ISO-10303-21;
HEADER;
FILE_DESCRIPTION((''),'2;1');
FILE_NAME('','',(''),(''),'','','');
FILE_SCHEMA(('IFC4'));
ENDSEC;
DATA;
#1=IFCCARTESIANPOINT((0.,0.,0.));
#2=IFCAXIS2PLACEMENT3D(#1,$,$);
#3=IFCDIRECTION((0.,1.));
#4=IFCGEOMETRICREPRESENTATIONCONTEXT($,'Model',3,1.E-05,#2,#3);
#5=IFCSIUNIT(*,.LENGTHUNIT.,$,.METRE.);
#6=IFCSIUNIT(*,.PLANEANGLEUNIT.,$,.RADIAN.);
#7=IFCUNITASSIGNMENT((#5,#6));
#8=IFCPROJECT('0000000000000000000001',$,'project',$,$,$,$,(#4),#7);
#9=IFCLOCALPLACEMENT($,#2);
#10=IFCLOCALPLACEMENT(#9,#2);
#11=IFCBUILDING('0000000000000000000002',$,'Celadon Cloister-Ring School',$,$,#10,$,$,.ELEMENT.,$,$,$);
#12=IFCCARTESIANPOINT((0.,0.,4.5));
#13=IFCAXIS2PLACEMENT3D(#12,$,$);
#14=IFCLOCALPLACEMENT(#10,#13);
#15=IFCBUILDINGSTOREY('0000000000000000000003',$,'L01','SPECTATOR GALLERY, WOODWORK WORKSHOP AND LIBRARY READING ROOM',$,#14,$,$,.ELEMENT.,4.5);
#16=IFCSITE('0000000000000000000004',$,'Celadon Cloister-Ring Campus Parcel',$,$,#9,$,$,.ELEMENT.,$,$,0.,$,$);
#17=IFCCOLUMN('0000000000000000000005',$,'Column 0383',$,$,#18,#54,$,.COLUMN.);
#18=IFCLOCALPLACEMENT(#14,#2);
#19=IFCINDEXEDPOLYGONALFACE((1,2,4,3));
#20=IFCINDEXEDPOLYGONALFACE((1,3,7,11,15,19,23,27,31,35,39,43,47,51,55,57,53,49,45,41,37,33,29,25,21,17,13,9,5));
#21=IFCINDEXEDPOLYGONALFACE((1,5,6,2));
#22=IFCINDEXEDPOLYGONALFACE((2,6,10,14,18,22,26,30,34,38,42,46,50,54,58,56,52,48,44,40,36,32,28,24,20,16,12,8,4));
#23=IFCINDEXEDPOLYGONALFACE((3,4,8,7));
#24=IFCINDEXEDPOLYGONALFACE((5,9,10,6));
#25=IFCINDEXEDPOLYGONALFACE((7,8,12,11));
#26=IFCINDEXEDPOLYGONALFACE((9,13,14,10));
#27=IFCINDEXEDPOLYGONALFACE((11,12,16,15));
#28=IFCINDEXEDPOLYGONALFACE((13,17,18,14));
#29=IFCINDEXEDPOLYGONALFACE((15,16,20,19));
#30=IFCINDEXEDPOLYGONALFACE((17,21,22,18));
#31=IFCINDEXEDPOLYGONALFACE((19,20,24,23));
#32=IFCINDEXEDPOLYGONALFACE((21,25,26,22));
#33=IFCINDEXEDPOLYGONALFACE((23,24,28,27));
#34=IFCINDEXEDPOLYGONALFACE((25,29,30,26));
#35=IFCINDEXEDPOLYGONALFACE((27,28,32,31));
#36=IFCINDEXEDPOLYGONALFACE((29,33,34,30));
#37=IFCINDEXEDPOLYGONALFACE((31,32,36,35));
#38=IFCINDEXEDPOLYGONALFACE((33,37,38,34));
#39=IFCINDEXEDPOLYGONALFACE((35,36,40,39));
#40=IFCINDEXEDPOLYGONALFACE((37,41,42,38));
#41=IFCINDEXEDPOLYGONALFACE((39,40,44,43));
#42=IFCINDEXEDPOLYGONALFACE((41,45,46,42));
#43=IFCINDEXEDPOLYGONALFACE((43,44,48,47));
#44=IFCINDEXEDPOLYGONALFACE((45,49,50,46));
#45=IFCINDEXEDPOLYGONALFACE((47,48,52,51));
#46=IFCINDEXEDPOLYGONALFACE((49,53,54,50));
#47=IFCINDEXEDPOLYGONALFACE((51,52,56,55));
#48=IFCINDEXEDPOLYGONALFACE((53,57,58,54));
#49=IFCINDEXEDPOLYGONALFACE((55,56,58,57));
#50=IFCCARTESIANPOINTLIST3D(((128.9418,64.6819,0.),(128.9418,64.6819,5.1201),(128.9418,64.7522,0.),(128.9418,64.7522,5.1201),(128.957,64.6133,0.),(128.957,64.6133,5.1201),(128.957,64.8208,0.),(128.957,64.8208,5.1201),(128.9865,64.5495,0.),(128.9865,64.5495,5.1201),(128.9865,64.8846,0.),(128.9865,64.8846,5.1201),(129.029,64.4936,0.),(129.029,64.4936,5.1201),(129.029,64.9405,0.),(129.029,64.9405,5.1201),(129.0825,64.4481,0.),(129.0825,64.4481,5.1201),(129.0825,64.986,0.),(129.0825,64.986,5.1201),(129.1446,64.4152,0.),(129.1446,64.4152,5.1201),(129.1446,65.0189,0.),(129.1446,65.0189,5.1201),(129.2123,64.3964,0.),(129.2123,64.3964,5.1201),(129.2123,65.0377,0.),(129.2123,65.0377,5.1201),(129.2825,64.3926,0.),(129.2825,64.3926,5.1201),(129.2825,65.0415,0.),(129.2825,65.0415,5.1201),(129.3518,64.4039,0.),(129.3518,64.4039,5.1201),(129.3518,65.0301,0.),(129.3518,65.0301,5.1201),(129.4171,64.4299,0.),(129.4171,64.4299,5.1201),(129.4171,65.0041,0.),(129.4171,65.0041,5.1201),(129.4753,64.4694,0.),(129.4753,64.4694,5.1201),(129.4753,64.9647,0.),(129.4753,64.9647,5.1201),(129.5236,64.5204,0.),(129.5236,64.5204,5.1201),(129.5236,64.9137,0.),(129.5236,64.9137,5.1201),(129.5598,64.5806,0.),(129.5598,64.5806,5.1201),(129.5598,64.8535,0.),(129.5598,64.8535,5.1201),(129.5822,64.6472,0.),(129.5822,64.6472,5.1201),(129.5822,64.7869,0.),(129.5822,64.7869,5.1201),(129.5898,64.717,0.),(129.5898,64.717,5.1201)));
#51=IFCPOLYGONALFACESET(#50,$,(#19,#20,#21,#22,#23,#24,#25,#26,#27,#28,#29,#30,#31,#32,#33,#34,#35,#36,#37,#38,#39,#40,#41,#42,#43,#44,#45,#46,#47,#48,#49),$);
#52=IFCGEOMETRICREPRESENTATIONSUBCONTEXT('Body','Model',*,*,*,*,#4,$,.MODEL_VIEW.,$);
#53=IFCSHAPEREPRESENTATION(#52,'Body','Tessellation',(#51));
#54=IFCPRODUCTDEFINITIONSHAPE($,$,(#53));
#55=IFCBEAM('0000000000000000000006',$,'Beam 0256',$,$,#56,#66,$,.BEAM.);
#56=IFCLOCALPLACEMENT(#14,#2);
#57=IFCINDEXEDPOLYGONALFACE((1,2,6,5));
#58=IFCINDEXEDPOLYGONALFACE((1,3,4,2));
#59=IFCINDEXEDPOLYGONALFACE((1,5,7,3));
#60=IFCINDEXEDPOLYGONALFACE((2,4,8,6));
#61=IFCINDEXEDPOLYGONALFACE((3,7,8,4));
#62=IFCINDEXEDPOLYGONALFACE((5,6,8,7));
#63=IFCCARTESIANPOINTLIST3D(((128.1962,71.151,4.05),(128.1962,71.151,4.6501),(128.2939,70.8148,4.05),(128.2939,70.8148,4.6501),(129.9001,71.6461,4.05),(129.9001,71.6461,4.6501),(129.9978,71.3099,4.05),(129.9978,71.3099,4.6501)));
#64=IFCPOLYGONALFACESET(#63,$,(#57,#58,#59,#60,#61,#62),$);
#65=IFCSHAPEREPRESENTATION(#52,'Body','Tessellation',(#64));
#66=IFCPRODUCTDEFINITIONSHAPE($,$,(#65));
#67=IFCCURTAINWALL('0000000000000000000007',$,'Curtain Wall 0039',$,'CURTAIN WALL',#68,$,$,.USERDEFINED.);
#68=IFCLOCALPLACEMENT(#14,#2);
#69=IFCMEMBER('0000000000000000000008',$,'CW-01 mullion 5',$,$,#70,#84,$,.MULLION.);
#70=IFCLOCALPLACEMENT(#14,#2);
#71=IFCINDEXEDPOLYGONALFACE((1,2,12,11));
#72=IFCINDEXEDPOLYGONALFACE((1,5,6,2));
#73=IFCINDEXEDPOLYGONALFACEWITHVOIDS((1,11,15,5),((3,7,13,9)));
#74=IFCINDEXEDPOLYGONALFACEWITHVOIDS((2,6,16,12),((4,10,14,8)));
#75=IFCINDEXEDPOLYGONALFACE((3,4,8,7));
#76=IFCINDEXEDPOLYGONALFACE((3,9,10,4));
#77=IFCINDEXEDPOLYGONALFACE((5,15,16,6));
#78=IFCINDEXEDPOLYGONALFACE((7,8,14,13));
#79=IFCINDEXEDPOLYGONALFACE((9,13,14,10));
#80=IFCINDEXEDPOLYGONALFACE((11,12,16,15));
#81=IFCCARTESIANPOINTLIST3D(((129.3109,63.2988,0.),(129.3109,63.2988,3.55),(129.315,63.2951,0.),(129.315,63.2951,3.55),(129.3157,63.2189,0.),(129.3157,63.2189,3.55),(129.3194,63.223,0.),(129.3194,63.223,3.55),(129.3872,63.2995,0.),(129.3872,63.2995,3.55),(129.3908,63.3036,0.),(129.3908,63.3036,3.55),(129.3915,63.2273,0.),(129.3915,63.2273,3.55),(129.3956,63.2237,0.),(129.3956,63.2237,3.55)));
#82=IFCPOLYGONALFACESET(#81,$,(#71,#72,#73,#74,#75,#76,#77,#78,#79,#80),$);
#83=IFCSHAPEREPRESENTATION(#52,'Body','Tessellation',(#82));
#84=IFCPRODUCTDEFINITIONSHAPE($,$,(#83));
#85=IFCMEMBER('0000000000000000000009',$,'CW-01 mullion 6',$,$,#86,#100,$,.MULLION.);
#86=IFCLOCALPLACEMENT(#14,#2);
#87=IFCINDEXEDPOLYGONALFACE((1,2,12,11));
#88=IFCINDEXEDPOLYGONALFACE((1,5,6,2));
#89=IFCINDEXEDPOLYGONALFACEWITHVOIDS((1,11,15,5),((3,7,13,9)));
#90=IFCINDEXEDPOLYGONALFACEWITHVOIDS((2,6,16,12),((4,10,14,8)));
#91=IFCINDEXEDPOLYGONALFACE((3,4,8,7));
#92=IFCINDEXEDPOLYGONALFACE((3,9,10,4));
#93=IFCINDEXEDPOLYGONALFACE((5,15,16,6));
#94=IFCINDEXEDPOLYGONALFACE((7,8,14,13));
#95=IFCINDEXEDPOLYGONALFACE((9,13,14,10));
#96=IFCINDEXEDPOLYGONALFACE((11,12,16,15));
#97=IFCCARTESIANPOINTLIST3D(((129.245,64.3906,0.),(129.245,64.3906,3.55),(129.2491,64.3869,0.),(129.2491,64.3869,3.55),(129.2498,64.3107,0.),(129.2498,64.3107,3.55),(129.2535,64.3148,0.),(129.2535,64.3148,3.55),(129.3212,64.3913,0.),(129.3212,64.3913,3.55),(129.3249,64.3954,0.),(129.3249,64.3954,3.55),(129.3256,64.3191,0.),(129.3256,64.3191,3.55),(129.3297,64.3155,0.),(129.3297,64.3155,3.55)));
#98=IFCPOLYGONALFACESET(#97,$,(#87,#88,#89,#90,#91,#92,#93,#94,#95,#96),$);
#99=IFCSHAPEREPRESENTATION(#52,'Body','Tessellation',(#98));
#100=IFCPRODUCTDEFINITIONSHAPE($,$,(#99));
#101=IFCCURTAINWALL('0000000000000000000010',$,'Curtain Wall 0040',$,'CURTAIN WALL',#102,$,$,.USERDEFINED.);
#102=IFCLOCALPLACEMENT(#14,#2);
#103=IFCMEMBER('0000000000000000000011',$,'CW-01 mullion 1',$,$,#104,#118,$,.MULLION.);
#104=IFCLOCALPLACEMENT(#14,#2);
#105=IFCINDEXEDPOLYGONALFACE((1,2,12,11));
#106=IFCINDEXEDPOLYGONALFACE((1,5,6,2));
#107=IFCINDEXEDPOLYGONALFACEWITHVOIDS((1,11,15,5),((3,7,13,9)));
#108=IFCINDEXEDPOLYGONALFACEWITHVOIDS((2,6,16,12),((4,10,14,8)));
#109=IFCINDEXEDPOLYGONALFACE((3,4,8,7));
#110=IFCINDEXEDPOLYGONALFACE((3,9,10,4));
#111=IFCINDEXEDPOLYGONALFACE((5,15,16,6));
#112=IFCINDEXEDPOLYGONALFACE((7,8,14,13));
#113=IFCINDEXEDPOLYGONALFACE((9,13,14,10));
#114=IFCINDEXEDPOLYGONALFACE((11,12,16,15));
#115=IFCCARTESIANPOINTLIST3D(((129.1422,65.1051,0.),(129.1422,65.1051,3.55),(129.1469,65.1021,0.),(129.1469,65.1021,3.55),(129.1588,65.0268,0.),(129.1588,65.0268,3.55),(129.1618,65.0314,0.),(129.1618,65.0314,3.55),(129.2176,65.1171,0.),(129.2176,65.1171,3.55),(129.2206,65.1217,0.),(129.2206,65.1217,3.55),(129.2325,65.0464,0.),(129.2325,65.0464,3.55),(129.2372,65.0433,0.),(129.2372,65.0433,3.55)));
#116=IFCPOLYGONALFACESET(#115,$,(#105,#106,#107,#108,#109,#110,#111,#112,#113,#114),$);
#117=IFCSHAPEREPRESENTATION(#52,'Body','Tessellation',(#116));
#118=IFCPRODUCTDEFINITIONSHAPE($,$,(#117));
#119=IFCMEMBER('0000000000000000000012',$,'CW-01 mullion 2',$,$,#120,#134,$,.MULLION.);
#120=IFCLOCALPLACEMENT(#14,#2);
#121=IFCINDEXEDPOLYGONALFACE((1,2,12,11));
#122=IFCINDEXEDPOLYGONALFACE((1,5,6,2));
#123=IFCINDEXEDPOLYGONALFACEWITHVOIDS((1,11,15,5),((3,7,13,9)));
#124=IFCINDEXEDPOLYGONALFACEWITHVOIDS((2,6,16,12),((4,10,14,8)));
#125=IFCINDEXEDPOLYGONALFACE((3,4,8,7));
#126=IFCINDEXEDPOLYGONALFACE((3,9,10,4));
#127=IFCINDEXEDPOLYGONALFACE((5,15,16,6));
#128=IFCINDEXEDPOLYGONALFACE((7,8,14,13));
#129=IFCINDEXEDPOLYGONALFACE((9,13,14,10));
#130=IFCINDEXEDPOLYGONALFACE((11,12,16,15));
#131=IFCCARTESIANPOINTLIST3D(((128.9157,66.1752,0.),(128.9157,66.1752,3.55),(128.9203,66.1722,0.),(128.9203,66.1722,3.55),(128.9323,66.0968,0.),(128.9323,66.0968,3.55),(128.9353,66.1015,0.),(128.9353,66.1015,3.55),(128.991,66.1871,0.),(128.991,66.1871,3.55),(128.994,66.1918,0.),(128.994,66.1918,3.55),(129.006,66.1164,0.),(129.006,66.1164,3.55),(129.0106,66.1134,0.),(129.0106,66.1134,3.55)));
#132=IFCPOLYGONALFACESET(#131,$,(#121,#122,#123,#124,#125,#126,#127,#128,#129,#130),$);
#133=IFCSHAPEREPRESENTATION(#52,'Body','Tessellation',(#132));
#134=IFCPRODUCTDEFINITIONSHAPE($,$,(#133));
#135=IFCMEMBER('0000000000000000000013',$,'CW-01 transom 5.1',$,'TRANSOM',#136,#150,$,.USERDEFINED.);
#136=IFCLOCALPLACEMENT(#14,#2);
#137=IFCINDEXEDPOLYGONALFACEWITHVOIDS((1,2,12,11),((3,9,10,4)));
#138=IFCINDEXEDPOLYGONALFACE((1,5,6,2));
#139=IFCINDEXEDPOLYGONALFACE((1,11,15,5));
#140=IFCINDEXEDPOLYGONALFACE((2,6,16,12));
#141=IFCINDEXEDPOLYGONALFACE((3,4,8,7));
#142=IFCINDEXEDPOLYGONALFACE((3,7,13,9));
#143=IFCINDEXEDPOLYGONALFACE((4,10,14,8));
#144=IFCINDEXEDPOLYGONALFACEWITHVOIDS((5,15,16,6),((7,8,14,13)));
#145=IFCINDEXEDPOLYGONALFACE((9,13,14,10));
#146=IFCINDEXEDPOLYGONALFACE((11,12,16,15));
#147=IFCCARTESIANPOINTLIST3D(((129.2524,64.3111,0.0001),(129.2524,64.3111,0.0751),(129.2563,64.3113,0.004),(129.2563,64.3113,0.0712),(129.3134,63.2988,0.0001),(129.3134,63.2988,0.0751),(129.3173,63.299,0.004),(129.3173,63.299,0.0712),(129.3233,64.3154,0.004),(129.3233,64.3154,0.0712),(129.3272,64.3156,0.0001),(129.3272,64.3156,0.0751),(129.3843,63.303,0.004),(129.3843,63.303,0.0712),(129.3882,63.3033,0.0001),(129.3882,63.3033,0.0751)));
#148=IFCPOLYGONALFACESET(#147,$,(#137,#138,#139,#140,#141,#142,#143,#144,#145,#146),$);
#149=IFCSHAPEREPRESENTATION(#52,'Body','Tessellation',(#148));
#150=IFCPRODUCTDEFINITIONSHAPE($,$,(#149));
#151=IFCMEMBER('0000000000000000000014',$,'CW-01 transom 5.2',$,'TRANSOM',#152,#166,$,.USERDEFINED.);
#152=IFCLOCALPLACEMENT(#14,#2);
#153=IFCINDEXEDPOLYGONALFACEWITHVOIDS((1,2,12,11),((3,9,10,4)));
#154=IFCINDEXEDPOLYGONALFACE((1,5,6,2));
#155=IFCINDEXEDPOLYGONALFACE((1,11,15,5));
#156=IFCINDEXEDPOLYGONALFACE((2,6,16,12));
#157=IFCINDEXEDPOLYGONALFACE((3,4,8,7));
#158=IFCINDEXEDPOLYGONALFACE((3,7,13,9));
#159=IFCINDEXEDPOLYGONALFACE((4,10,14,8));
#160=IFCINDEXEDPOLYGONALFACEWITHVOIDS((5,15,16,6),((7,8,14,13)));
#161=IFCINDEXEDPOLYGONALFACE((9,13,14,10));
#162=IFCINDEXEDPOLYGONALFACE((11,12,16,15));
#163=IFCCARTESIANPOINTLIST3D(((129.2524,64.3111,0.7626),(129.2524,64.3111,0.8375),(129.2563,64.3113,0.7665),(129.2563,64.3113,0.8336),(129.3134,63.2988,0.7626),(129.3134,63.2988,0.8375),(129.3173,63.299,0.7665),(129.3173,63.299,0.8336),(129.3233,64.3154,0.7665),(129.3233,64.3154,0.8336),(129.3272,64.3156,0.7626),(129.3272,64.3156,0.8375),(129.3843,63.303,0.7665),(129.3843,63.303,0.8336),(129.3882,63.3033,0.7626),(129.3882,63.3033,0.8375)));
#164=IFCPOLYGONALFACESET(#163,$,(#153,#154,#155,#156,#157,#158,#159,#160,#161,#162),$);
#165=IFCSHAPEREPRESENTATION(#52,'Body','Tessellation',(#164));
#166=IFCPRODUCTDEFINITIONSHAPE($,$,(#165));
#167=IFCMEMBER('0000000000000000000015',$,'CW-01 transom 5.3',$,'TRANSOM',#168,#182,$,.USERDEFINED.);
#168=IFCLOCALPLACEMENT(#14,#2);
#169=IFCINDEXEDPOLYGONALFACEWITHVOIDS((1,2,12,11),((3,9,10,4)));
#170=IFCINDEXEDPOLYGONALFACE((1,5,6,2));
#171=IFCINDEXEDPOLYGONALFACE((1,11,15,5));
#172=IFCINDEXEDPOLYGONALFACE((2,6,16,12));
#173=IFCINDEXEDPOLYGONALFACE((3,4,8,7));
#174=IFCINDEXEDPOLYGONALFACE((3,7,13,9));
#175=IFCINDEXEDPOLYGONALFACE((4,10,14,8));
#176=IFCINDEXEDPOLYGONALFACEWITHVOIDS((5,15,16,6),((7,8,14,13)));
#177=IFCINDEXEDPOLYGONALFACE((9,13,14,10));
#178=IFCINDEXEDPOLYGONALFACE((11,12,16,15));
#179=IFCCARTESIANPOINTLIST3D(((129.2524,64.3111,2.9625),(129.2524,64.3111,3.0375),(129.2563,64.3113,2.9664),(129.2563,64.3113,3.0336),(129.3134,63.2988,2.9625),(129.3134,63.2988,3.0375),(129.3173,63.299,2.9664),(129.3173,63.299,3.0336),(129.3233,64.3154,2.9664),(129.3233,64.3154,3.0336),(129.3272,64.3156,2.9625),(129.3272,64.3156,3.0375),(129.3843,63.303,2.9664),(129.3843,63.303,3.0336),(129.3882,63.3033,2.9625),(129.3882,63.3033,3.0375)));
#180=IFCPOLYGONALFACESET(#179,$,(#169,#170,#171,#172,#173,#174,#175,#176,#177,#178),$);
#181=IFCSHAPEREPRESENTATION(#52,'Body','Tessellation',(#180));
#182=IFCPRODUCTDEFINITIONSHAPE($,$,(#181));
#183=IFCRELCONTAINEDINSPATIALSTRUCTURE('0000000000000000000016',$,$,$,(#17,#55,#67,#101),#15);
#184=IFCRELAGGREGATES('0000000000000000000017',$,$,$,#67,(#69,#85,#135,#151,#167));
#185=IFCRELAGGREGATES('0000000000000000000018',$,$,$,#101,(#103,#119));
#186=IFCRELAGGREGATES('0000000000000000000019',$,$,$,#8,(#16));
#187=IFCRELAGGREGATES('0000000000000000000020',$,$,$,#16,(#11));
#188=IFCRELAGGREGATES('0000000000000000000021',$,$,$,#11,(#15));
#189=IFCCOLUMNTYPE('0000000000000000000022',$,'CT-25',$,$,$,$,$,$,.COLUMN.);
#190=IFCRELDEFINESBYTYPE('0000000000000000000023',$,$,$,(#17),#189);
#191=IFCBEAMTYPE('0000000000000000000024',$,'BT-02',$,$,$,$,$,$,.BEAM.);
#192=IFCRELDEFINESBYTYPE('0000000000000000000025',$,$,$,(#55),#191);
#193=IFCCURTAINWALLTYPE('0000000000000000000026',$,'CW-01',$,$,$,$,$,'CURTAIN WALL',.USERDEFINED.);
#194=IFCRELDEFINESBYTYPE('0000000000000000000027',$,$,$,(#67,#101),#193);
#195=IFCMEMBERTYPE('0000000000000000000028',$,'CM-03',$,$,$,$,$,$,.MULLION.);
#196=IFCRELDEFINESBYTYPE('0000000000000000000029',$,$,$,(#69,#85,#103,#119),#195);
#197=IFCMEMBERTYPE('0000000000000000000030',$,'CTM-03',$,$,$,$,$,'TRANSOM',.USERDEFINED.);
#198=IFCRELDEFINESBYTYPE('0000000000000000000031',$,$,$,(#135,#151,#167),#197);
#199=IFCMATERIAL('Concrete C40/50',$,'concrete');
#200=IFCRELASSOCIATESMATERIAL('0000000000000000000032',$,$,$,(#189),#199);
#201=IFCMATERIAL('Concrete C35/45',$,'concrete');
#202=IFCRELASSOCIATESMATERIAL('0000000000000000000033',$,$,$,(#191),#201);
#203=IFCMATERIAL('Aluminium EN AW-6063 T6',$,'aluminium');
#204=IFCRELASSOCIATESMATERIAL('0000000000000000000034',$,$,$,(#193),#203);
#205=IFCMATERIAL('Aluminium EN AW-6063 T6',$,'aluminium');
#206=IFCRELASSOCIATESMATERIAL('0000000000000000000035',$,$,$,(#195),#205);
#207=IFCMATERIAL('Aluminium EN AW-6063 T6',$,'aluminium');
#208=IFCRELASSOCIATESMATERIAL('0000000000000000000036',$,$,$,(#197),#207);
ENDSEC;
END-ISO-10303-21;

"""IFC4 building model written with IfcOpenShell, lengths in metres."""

from ifc_helpers import new_model, si_unit, direction, frame, origin, origin_2d, place, context, subcontext, project, spatial, rectangle, hollow_rectangle, circle, extrude, material, material_profile, profile_set, type_object, element, aggregate, save


model = new_model("IFC4")

# Units and contexts
model_context = context("Model", 3, precision=1e-05, world=origin(), true_north=direction((0.0, 1.0)))
body_context = subcontext(model_context, "Body", "Model", "MODEL_VIEW")
ifc_project = project(units=[si_unit("LENGTHUNIT", "METRE"), si_unit("PLANEANGLEUNIT", "RADIAN")], contexts=[model_context])

# Site, building, storey
site_placement = place(None, origin())
site = spatial("IfcSite", under=ifc_project, at=site_placement, Name="Celadon Cloister-Ring Campus Parcel", CompositionType="ELEMENT", RefElevation=0.0)
building_placement = place(site_placement, origin())
building = spatial("IfcBuilding", under=site, at=building_placement, Name="Celadon Cloister-Ring School", CompositionType="ELEMENT")
storey_placement = place(building_placement, frame((0.0, 0.0, 4.5)))
storey = spatial("IfcBuildingStorey", under=building, at=storey_placement, Name="L01", Description="SPECTATOR GALLERY, WOODWORK WORKSHOP AND LIBRARY READING ROOM", CompositionType="ELEMENT", Elevation=4.5)

# Column
ifc_material_1 = material(Name="Concrete C40/50", Category="concrete")
ifc_material_profile_1 = material_profile(ifc_material_1, circle(Radius=0.325, at=origin_2d()), Name="CIRC650")
ifc_profile_set_1 = profile_set([ifc_material_profile_1], Name="Concrete C40/50")
column_type = type_object("IfcColumnType", Name="CT-25", PredefinedType="COLUMN", material=ifc_profile_set_1)
column_placement = place(storey_placement, frame((129.2649, 64.717, 0.0), z_axis=(0.0, 0.0, 1.0), x_axis=(1.0, 0.0, 0.0)))
element("IfcColumn", 1, at=column_placement, inside=storey, type_object=column_type, Name="Column 0383", PredefinedType="COLUMN", context=body_context, shape_type="SweptSolid", body=[
    extrude(circle(Radius=0.325, at=origin_2d()), origin(), (0.0, 0.0, 1.0), 5.1201),
])

# Beam
ifc_material_2 = material(Name="Concrete C35/45", Category="concrete")
ifc_material_profile_2 = material_profile(ifc_material_2, rectangle(XDim=0.3501, YDim=0.6001, at=origin_2d()), Name="RC350X600")
ifc_profile_set_2 = profile_set([ifc_material_profile_2], Name="Concrete C35/45")
beam_type_1 = type_object("IfcBeamType", Name="BT-02", PredefinedType="BEAM", material=ifc_profile_set_2)
beam_1_placement = place(storey_placement, frame((129.949, 71.478, 4.3501), z_axis=(-0.960278, -0.279044, 0.0), x_axis=(0.279044, -0.960278, 0.0)))
element("IfcBeam", 2, at=beam_1_placement, inside=storey, type_object=beam_type_1, Name="Beam 0256", PredefinedType="BEAM", context=body_context, shape_type="SweptSolid", body=[
    extrude(rectangle(XDim=0.3501, YDim=0.6001, at=origin_2d()), origin(), (0.0, 0.0, 1.0), 1.7744),
])

# Curtain walls, members
ifc_material_3 = material(Name="Aluminium EN AW-6063 T6", Category="aluminium")
curtain_wall_type = type_object("IfcCurtainWallType", Name="CW-01", ElementType="CURTAIN WALL", PredefinedType="USERDEFINED", material=ifc_material_3)
curtain_wall_1_placement = place(storey_placement, origin())
curtain_wall_1 = element("IfcCurtainWall", 3, at=curtain_wall_1_placement, inside=storey, type_object=curtain_wall_type, Name="Curtain Wall 0039", ObjectType="CURTAIN WALL", PredefinedType="USERDEFINED")
ifc_material_4 = material(Name="Aluminium EN AW-6063 T6", Category="aluminium")
ifc_material_profile_3 = material_profile(ifc_material_4, hollow_rectangle(XDim=0.0801, YDim=0.0801, WallThickness=0.0039, at=origin_2d()), Name="RHS80X80X4")
ifc_profile_set_3 = profile_set([ifc_material_profile_3], Name="Aluminium EN AW-6063 T6")
member_type_1 = type_object("IfcMemberType", Name="CM-03", PredefinedType="MULLION", material=ifc_profile_set_3)
member_1_placement = place(storey_placement, frame((129.3533, 63.2612, 0.0), z_axis=(0.0, 0.0, 1.0), x_axis=(-0.998189, -0.060149, 0.0)))
member_1 = element("IfcMember", 4, at=member_1_placement, type_object=member_type_1, Name="CW-01 mullion 5", PredefinedType="MULLION", context=body_context, shape_type="SweptSolid", body=[
    extrude(hollow_rectangle(XDim=0.0801, YDim=0.0801, WallThickness=0.0039, at=origin_2d()), origin(), (0.0, 0.0, 1.0), 3.55),
])
member_2_placement = place(storey_placement, frame((129.2874, 64.353, 0.0), z_axis=(0.0, 0.0, 1.0), x_axis=(-0.998189, -0.060149, 0.0)))
member_2 = element("IfcMember", 5, at=member_2_placement, type_object=member_type_1, Name="CW-01 mullion 6", PredefinedType="MULLION", context=body_context, shape_type="SweptSolid", body=[
    extrude(hollow_rectangle(XDim=0.0801, YDim=0.0801, WallThickness=0.0039, at=origin_2d()), origin(), (0.0, 0.0, 1.0), 3.55),
])
curtain_wall_2_placement = place(storey_placement, origin())
curtain_wall_2 = element("IfcCurtainWall", 6, at=curtain_wall_2_placement, inside=storey, type_object=curtain_wall_type, Name="Curtain Wall 0040", ObjectType="CURTAIN WALL", PredefinedType="USERDEFINED")
member_3_placement = place(storey_placement, frame((129.1897, 65.0742, 0.0), z_axis=(0.0, 0.0, 1.0), x_axis=(-0.978321, -0.207095, 0.0)))
member_3 = element("IfcMember", 7, at=member_3_placement, type_object=member_type_1, Name="CW-01 mullion 1", PredefinedType="MULLION", context=body_context, shape_type="SweptSolid", body=[
    extrude(hollow_rectangle(XDim=0.0801, YDim=0.0801, WallThickness=0.0039, at=origin_2d()), origin(), (0.0, 0.0, 1.0), 3.55),
])
member_4_placement = place(storey_placement, frame((128.9631, 66.1443, 0.0), z_axis=(0.0, 0.0, 1.0), x_axis=(-0.978321, -0.207095, 0.0)))
member_4 = element("IfcMember", 8, at=member_4_placement, type_object=member_type_1, Name="CW-01 mullion 2", PredefinedType="MULLION", context=body_context, shape_type="SweptSolid", body=[
    extrude(hollow_rectangle(XDim=0.0801, YDim=0.0801, WallThickness=0.0039, at=origin_2d()), origin(), (0.0, 0.0, 1.0), 3.55),
])

# Members
ifc_material_5 = material(Name="Aluminium EN AW-6063 T6", Category="aluminium")
ifc_material_profile_4 = material_profile(ifc_material_5, hollow_rectangle(XDim=0.075, YDim=0.075, WallThickness=0.0039, at=origin_2d()), Name="RHS75X75X4")
ifc_profile_set_4 = profile_set([ifc_material_profile_4], Name="Aluminium EN AW-6063 T6")
member_type_2 = type_object("IfcMemberType", Name="CTM-03", ElementType="TRANSOM", PredefinedType="USERDEFINED", material=ifc_profile_set_4)
member_5_placement = place(storey_placement, frame((129.3508, 63.301, 0.0376), z_axis=(-0.06019, 0.998187, 0.0), x_axis=(-0.998187, -0.06019, 0.0)))
member_5 = element("IfcMember", 9, at=member_5_placement, type_object=member_type_2, Name="CW-01 transom 5.1", ObjectType="TRANSOM", PredefinedType="USERDEFINED", context=body_context, shape_type="SweptSolid", body=[
    extrude(hollow_rectangle(XDim=0.075, YDim=0.075, WallThickness=0.0039, at=origin_2d()), origin(), (0.0, 0.0, 1.0), 1.0142),
])
member_6_placement = place(storey_placement, frame((129.3508, 63.301, 0.8), z_axis=(-0.06019, 0.998187, 0.0), x_axis=(-0.998187, -0.06019, 0.0)))
member_6 = element("IfcMember", 10, at=member_6_placement, type_object=member_type_2, Name="CW-01 transom 5.2", ObjectType="TRANSOM", PredefinedType="USERDEFINED", context=body_context, shape_type="SweptSolid", body=[
    extrude(hollow_rectangle(XDim=0.075, YDim=0.075, WallThickness=0.0039, at=origin_2d()), origin(), (0.0, 0.0, 1.0), 1.0142),
])
member_7_placement = place(storey_placement, frame((129.3508, 63.301, 3.0), z_axis=(-0.06019, 0.998187, 0.0), x_axis=(-0.998187, -0.06019, 0.0)))
member_7 = element("IfcMember", 11, at=member_7_placement, type_object=member_type_2, Name="CW-01 transom 5.3", ObjectType="TRANSOM", PredefinedType="USERDEFINED", context=body_context, shape_type="SweptSolid", body=[
    extrude(hollow_rectangle(XDim=0.075, YDim=0.075, WallThickness=0.0039, at=origin_2d()), origin(), (0.0, 0.0, 1.0), 1.0142),
])

aggregate(curtain_wall_1, [member_1, member_2, member_5, member_6, member_7])
aggregate(curtain_wall_2, [member_3, member_4])

save(model, "model.ifc")
